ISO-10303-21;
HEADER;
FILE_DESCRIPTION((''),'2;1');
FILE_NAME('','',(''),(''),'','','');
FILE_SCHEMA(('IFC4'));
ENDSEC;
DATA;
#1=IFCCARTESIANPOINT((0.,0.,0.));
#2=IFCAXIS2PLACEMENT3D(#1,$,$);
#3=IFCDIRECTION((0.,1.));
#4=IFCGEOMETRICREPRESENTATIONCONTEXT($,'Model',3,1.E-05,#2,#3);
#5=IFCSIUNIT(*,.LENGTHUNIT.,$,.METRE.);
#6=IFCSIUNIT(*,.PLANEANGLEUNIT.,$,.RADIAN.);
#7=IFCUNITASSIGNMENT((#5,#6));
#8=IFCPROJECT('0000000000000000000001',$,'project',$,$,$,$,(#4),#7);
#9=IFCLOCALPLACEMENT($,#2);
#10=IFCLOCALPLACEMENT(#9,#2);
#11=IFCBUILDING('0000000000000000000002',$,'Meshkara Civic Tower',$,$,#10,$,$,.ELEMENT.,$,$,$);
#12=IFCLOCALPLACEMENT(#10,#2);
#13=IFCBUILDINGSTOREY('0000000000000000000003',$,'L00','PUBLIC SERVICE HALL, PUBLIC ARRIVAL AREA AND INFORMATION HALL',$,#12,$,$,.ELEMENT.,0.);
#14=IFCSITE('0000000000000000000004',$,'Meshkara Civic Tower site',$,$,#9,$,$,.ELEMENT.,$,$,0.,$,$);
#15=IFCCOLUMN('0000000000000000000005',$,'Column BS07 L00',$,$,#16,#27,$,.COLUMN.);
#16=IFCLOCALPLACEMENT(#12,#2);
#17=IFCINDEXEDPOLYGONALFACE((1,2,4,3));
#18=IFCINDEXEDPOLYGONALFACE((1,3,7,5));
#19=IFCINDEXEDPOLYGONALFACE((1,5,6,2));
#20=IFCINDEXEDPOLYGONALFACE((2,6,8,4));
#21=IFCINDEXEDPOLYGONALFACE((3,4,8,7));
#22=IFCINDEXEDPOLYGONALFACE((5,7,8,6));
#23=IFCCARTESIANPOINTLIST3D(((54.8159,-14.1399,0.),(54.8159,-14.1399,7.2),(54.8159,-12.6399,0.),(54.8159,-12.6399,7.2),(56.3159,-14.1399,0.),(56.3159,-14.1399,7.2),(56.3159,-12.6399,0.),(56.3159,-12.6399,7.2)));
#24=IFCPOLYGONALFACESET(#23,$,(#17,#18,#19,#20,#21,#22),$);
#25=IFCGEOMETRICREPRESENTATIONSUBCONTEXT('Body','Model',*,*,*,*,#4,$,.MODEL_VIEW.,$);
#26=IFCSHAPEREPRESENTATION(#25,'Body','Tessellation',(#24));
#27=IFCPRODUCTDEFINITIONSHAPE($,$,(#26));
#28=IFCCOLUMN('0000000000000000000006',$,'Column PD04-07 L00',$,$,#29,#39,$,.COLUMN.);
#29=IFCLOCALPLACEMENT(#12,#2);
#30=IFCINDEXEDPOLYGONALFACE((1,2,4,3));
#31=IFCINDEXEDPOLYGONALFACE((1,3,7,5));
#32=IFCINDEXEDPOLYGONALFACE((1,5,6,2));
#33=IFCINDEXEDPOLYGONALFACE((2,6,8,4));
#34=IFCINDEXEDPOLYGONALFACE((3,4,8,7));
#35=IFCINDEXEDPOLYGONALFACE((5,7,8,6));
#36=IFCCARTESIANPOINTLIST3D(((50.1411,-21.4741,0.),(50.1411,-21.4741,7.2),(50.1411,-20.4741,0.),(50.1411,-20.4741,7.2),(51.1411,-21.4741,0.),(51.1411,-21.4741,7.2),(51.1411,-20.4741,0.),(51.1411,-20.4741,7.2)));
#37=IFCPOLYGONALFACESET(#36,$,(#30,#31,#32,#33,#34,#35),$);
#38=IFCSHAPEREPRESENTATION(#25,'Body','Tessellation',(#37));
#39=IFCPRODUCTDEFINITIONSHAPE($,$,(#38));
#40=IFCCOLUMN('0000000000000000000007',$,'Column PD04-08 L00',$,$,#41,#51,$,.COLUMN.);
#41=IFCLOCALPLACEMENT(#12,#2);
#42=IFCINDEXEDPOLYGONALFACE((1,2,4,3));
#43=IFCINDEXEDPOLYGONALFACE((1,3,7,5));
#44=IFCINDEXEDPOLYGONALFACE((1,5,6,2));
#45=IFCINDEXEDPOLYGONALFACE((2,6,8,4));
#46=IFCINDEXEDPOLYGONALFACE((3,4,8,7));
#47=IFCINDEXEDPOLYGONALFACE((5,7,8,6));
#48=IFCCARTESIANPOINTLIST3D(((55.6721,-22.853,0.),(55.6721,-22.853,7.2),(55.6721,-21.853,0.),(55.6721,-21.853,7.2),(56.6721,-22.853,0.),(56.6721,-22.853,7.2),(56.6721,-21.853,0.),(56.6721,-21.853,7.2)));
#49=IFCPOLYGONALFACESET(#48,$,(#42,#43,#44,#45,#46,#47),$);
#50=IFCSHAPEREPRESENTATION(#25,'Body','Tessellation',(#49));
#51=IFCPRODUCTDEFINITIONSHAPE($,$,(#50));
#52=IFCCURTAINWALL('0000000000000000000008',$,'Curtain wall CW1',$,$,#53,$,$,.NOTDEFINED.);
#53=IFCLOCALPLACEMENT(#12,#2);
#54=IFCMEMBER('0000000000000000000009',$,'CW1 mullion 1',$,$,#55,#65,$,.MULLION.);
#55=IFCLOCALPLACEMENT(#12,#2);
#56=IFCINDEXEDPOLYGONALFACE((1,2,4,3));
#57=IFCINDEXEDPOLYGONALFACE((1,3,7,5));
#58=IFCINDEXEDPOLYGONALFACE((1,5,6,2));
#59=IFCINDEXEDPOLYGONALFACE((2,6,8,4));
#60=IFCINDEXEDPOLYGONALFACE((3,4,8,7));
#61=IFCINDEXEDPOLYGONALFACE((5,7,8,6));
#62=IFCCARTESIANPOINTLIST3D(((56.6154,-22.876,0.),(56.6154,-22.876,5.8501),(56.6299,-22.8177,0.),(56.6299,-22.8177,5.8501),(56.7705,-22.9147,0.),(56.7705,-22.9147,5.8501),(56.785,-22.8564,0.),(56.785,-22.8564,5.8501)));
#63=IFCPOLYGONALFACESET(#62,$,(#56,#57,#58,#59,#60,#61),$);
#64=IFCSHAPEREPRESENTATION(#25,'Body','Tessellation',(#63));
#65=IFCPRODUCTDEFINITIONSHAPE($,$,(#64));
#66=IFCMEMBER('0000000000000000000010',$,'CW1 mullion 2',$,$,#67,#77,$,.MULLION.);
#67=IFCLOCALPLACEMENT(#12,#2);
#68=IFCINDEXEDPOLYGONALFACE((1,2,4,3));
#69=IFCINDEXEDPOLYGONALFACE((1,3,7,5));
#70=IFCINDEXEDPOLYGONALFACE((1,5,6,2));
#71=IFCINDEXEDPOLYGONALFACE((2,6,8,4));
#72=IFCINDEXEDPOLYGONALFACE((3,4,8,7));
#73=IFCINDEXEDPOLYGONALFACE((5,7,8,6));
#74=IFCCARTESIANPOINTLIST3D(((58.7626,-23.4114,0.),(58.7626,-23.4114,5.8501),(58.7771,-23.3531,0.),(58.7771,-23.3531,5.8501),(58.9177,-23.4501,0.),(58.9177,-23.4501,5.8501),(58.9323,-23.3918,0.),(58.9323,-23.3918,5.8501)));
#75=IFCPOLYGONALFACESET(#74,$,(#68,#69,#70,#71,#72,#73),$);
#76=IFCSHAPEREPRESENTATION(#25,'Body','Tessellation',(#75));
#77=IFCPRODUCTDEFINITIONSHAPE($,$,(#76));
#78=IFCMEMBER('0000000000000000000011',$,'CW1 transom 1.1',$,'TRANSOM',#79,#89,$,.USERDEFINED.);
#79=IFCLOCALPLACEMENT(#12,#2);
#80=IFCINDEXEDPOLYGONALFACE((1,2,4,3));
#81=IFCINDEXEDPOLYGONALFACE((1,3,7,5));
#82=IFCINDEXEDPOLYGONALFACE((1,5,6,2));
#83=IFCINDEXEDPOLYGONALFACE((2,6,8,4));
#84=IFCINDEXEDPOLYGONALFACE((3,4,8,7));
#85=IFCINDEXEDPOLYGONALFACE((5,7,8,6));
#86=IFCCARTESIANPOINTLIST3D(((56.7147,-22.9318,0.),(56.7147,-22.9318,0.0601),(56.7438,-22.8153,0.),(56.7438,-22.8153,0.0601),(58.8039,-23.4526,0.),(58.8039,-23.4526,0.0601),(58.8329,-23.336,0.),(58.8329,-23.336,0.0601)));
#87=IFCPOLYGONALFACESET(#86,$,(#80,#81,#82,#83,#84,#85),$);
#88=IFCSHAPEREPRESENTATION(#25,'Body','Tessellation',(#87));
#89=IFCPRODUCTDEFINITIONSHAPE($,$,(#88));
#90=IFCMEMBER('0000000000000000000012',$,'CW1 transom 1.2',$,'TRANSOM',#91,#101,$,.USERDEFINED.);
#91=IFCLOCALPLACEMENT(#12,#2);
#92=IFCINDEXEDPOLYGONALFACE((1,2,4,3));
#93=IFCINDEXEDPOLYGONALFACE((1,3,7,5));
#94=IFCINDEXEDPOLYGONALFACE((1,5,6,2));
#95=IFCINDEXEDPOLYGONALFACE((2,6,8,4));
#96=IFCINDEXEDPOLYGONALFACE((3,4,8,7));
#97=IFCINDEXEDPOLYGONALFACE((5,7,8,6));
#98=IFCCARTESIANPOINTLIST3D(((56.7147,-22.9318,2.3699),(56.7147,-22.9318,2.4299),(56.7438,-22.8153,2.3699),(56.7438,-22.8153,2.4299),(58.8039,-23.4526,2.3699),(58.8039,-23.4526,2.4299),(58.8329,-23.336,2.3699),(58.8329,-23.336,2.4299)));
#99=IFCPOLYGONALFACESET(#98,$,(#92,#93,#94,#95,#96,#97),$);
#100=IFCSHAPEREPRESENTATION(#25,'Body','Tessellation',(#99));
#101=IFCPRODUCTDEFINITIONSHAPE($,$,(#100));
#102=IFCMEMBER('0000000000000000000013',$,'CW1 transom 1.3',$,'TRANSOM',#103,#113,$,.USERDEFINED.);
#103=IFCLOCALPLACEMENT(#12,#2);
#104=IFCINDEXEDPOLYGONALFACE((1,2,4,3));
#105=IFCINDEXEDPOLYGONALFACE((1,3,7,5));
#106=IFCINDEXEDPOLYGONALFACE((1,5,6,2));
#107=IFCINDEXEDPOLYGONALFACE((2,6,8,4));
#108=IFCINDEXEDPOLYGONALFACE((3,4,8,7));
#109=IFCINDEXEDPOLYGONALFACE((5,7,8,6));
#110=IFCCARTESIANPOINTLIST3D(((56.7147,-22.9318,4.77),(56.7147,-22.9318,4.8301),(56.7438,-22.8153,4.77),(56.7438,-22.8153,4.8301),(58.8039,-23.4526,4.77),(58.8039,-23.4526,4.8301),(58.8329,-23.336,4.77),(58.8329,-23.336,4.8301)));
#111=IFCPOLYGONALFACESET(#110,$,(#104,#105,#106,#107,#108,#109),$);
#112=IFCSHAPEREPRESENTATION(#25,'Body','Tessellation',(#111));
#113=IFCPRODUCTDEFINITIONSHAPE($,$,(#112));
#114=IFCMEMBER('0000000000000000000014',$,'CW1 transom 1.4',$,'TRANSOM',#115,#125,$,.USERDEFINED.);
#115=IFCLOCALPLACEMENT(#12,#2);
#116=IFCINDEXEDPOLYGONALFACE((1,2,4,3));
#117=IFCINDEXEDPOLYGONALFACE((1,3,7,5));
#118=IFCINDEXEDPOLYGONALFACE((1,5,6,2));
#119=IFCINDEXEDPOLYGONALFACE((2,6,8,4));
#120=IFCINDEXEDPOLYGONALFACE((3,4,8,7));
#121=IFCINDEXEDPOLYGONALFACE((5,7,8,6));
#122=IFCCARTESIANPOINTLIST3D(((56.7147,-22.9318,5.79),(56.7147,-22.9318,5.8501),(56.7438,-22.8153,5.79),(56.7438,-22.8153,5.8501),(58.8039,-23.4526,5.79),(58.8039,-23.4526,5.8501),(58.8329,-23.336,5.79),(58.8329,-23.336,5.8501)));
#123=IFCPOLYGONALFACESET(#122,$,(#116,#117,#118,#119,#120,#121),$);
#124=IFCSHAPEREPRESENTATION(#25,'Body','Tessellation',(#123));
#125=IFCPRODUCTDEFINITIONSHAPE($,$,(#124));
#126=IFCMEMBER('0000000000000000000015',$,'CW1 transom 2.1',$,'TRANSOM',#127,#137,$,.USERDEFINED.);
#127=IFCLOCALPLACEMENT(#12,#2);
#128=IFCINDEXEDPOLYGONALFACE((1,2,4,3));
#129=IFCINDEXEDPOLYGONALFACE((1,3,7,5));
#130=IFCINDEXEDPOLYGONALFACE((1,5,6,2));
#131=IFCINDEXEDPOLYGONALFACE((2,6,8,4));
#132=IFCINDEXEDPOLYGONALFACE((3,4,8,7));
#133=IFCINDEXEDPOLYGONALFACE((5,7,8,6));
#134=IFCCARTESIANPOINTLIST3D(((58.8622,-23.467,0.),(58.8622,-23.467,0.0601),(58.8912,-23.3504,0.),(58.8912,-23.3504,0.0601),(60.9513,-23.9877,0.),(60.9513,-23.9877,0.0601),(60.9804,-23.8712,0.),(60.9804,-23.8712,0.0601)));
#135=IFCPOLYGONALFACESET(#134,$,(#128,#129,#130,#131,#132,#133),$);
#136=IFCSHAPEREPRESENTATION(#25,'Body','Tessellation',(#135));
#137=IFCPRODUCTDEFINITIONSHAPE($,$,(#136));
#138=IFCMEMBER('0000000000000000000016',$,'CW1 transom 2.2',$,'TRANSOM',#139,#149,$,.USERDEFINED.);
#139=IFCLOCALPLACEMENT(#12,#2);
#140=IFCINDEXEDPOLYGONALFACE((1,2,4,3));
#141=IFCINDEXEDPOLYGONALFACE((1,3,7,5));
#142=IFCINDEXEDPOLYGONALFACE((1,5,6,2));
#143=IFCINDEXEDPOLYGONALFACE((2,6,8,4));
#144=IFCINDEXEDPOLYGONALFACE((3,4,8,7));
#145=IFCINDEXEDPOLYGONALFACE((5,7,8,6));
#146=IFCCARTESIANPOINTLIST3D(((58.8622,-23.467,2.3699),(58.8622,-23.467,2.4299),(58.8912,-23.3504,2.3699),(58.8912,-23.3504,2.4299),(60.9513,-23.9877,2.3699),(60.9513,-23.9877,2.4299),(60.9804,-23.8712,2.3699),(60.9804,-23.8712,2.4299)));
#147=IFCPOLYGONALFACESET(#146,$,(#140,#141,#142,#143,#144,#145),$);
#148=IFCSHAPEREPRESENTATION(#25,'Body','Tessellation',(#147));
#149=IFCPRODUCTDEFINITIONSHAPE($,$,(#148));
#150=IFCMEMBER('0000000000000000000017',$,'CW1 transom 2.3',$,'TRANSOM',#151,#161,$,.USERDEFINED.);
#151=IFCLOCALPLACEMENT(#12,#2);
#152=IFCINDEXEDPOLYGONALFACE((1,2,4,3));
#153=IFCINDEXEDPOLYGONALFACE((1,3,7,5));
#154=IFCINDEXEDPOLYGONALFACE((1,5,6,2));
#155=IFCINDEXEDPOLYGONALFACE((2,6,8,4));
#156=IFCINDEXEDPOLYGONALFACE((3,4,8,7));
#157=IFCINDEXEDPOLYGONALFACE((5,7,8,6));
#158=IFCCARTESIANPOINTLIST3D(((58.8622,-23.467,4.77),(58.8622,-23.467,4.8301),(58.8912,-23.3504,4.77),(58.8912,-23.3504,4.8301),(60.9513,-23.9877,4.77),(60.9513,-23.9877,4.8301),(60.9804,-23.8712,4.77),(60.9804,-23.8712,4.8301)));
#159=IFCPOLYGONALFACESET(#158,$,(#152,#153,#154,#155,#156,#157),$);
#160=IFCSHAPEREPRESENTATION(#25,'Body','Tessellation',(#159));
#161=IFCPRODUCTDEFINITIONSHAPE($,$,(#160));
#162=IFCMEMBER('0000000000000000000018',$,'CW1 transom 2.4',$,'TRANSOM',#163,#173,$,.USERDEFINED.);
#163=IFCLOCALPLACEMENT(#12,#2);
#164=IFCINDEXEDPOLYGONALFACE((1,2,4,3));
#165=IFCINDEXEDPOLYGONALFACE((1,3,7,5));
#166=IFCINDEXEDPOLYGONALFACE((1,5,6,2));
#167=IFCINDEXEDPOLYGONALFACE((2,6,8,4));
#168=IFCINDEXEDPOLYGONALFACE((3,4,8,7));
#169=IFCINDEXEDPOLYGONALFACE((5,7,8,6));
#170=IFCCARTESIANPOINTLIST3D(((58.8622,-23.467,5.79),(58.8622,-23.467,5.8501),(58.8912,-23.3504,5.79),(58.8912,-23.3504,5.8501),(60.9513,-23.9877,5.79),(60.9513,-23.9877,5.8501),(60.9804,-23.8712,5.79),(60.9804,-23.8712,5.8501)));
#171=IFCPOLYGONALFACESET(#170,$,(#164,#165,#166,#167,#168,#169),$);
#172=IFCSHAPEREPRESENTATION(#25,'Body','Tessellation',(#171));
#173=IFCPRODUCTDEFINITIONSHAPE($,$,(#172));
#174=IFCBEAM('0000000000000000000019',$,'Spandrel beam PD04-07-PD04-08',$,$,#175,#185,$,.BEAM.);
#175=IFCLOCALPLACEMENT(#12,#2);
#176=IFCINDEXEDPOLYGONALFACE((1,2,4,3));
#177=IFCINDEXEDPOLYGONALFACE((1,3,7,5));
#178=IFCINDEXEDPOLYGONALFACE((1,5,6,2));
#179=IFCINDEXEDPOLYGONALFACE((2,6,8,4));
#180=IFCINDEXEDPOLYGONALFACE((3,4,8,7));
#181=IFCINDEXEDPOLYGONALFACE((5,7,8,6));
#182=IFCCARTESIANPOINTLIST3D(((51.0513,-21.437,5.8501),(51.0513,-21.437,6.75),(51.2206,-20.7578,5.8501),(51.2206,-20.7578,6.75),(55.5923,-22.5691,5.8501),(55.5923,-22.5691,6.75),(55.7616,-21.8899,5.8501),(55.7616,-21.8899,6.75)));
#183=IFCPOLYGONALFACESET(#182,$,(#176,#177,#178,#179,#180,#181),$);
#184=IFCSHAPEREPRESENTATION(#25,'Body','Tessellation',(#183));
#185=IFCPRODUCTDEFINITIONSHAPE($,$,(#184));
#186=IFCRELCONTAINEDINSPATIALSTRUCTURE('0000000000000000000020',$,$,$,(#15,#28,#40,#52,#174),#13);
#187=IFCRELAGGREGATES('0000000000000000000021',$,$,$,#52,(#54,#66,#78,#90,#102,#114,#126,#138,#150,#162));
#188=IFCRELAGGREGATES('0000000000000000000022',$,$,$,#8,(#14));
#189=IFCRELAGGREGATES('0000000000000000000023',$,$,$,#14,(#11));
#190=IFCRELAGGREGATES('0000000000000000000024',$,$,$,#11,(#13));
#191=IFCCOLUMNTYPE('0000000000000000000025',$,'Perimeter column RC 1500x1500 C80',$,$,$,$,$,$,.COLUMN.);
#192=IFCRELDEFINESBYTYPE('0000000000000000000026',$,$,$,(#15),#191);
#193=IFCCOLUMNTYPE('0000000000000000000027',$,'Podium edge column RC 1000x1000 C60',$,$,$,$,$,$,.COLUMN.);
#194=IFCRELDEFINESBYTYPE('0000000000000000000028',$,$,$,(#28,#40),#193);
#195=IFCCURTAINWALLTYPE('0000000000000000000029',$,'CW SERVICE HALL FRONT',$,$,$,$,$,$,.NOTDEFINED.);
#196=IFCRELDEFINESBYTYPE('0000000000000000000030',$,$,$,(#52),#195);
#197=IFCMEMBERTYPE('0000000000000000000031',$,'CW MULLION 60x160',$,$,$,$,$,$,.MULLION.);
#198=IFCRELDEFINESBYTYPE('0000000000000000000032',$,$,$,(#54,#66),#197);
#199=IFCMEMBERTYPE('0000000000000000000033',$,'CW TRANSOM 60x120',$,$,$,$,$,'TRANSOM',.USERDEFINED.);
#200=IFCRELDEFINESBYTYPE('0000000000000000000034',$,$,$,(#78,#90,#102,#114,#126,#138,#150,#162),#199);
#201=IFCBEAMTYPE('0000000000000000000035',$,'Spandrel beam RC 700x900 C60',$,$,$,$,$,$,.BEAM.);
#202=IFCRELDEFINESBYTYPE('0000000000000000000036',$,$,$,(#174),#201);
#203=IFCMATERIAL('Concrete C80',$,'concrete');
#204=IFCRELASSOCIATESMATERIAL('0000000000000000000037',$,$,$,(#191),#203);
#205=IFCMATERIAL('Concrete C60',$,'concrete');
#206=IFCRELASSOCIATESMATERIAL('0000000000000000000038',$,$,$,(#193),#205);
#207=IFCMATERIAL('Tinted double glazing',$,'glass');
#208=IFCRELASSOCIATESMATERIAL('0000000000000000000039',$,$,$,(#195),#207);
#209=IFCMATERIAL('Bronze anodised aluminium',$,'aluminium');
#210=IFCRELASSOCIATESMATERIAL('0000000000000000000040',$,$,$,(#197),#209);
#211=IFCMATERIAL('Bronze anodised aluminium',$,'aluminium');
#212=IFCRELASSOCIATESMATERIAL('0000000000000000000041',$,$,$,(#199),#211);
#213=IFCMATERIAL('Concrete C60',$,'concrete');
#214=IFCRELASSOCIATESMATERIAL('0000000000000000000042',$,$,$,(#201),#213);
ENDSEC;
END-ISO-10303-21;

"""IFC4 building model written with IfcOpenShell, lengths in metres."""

from ifc_helpers import new_model, si_unit, direction, frame, origin, origin_2d, place, context, subcontext, project, spatial, rectangle, extrude, material, material_profile, profile_set, type_object, element, aggregate, save


model = new_model("IFC4")

# Units and contexts
model_context = context("Model", 3, precision=1e-05, world=origin(), true_north=direction((0.0, 1.0)))
body_context = subcontext(model_context, "Body", "Model", "MODEL_VIEW")
ifc_project = project(units=[si_unit("LENGTHUNIT", "METRE"), si_unit("PLANEANGLEUNIT", "RADIAN")], contexts=[model_context])

# Site, building, storey
site_placement = place(None, origin())
site = spatial("IfcSite", under=ifc_project, at=site_placement, Name="Meshkara Civic Tower site", CompositionType="ELEMENT", RefElevation=0.0)
building_placement = place(site_placement, origin())
building = spatial("IfcBuilding", under=site, at=building_placement, Name="Meshkara Civic Tower", CompositionType="ELEMENT")
storey_placement = place(building_placement, origin())
storey = spatial("IfcBuildingStorey", under=building, at=storey_placement, Name="L00", Description="PUBLIC SERVICE HALL, PUBLIC ARRIVAL AREA AND INFORMATION HALL", CompositionType="ELEMENT", Elevation=0.0)

# Columns
ifc_material_1 = material(Name="Concrete C80", Category="concrete")
ifc_material_profile_1 = material_profile(ifc_material_1, rectangle(XDim=1.5, YDim=1.5, at=origin_2d()))
ifc_profile_set_1 = profile_set([ifc_material_profile_1], Name="Concrete C80")
column_type_1 = type_object("IfcColumnType", Name="Perimeter column RC 1500x1500 C80", PredefinedType="COLUMN", material=ifc_profile_set_1)
column_placement = place(storey_placement, frame((55.5659, -13.3899, 0.0), z_axis=(0.0, 0.0, 1.0), x_axis=(1.0, 0.0, 0.0)))
element("IfcColumn", 1, at=column_placement, inside=storey, type_object=column_type_1, Name="Column BS07 L00", PredefinedType="COLUMN", context=body_context, shape_type="SweptSolid", body=[
    extrude(rectangle(XDim=1.5, YDim=1.5, at=origin_2d()), origin(), (0.0, 0.0, 1.0), 7.2),
])
ifc_material_2 = material(Name="Concrete C60", Category="concrete")
ifc_material_profile_2 = material_profile(ifc_material_2, rectangle(XDim=1.0, YDim=1.0, at=origin_2d()))
ifc_profile_set_2 = profile_set([ifc_material_profile_2], Name="Concrete C60")
column_type_2 = type_object("IfcColumnType", Name="Podium edge column RC 1000x1000 C60", PredefinedType="COLUMN", material=ifc_profile_set_2)
for number, where, z_axis, x_axis, name in (
    (2, (50.6411, -20.9741, 0.0), (0.0, 0.0, 1.0), (1.0, 0.0, 0.0), "Column PD04-07 L00"),
    (3, (56.1721, -22.353, 0.0), (0.0, 0.0, 1.0), (1.0, 0.0, 0.0), "Column PD04-08 L00"),
):
    element("IfcColumn", number, at=place(storey_placement, frame(where, z_axis=z_axis, x_axis=x_axis)), inside=storey, type_object=column_type_2, Name=name, PredefinedType="COLUMN", context=body_context, shape_type="SweptSolid", body=[
        extrude(rectangle(XDim=1.0, YDim=1.0, at=origin_2d()), origin(), (0.0, 0.0, 1.0), 7.2),
    ])

# Curtain wall, members
ifc_material_3 = material(Name="Tinted double glazing", Category="glass")
curtain_wall_type = type_object("IfcCurtainWallType", Name="CW SERVICE HALL FRONT", PredefinedType="NOTDEFINED", material=ifc_material_3)
curtain_wall_placement = place(storey_placement, origin())
curtain_wall = element("IfcCurtainWall", 4, at=curtain_wall_placement, inside=storey, type_object=curtain_wall_type, Name="Curtain wall CW1", PredefinedType="NOTDEFINED")
ifc_material_4 = material(Name="Bronze anodised aluminium", Category="aluminium")
ifc_material_profile_3 = material_profile(ifc_material_4, rectangle(XDim=0.0601, YDim=0.1599, at=origin_2d()))
ifc_profile_set_3 = profile_set([ifc_material_profile_3], Name="Bronze anodised aluminium")
member_type_1 = type_object("IfcMemberType", Name="CW MULLION 60x160", PredefinedType="MULLION", material=ifc_profile_set_3)
member_1_placement = place(storey_placement, frame((56.7002, -22.8662, 0.0), z_axis=(0.0, 0.0, 1.0), x_axis=(0.241854, 0.970313, 0.0)))
member_1 = element("IfcMember", 5, at=member_1_placement, type_object=member_type_1, Name="CW1 mullion 1", PredefinedType="MULLION", context=body_context, shape_type="SweptSolid", body=[
    extrude(rectangle(XDim=0.0601, YDim=0.1599, at=origin_2d()), origin(), (0.0, 0.0, 1.0), 5.8501),
])
member_2_placement = place(storey_placement, frame((58.8474, -23.4016, 0.0), z_axis=(0.0, 0.0, 1.0), x_axis=(0.241854, 0.970313, 0.0)))
member_2 = element("IfcMember", 6, at=member_2_placement, type_object=member_type_1, Name="CW1 mullion 2", PredefinedType="MULLION", context=body_context, shape_type="SweptSolid", body=[
    extrude(rectangle(XDim=0.0601, YDim=0.1599, at=origin_2d()), origin(), (0.0, 0.0, 1.0), 5.8501),
])
ifc_material_5 = material(Name="Bronze anodised aluminium", Category="aluminium")
ifc_material_profile_4 = material_profile(ifc_material_5, rectangle(XDim=0.1201, YDim=0.0601, at=origin_2d()))
ifc_profile_set_4 = profile_set([ifc_material_profile_4], Name="Bronze anodised aluminium")
member_type_2 = type_object("IfcMemberType", Name="CW TRANSOM 60x120", ElementType="TRANSOM", PredefinedType="USERDEFINED", material=ifc_profile_set_4)
member_3_placement = place(storey_placement, frame((56.7292, -22.8735, 0.03), z_axis=(0.970309, -0.241869, 0.0), x_axis=(0.241869, 0.970309, 0.0)))
member_3 = element("IfcMember", 7, at=member_3_placement, type_object=member_type_2, Name="CW1 transom 1.1", ObjectType="TRANSOM", PredefinedType="USERDEFINED", context=body_context, shape_type="SweptSolid", body=[
    extrude(rectangle(XDim=0.1201, YDim=0.0601, at=origin_2d()), origin(), (0.0, 0.0, 1.0), 2.1531),
])
member_4_placement = place(storey_placement, frame((56.7292, -22.8735, 2.3999), z_axis=(0.970309, -0.241869, 0.0), x_axis=(0.241869, 0.970309, 0.0)))
member_4 = element("IfcMember", 8, at=member_4_placement, type_object=member_type_2, Name="CW1 transom 1.2", ObjectType="TRANSOM", PredefinedType="USERDEFINED", context=body_context, shape_type="SweptSolid", body=[
    extrude(rectangle(XDim=0.1201, YDim=0.0601, at=origin_2d()), origin(), (0.0, 0.0, 1.0), 2.1531),
])
member_5_placement = place(storey_placement, frame((56.7292, -22.8735, 4.8), z_axis=(0.970309, -0.241869, 0.0), x_axis=(0.241869, 0.970309, 0.0)))
member_5 = element("IfcMember", 9, at=member_5_placement, type_object=member_type_2, Name="CW1 transom 1.3", ObjectType="TRANSOM", PredefinedType="USERDEFINED", context=body_context, shape_type="SweptSolid", body=[
    extrude(rectangle(XDim=0.1201, YDim=0.0601, at=origin_2d()), origin(), (0.0, 0.0, 1.0), 2.1531),
])
member_6_placement = place(storey_placement, frame((56.7292, -22.8735, 5.8201), z_axis=(0.970309, -0.241869, 0.0), x_axis=(0.241869, 0.970309, 0.0)))
member_6 = element("IfcMember", 10, at=member_6_placement, type_object=member_type_2, Name="CW1 transom 1.4", ObjectType="TRANSOM", PredefinedType="USERDEFINED", context=body_context, shape_type="SweptSolid", body=[
    extrude(rectangle(XDim=0.1201, YDim=0.0601, at=origin_2d()), origin(), (0.0, 0.0, 1.0), 2.1531),
])
member_7_placement = place(storey_placement, frame((58.8767, -23.4087, 0.03), z_axis=(0.970309, -0.241869, 0.0), x_axis=(0.241869, 0.970309, 0.0)))
member_7 = element("IfcMember", 11, at=member_7_placement, type_object=member_type_2, Name="CW1 transom 2.1", ObjectType="TRANSOM", PredefinedType="USERDEFINED", context=body_context, shape_type="SweptSolid", body=[
    extrude(rectangle(XDim=0.1201, YDim=0.0601, at=origin_2d()), origin(), (0.0, 0.0, 1.0), 2.1531),
])
member_8_placement = place(storey_placement, frame((58.8767, -23.4087, 2.3999), z_axis=(0.970309, -0.241869, 0.0), x_axis=(0.241869, 0.970309, 0.0)))
member_8 = element("IfcMember", 12, at=member_8_placement, type_object=member_type_2, Name="CW1 transom 2.2", ObjectType="TRANSOM", PredefinedType="USERDEFINED", context=body_context, shape_type="SweptSolid", body=[
    extrude(rectangle(XDim=0.1201, YDim=0.0601, at=origin_2d()), origin(), (0.0, 0.0, 1.0), 2.1531),
])
member_9_placement = place(storey_placement, frame((58.8767, -23.4087, 4.8), z_axis=(0.970309, -0.241869, 0.0), x_axis=(0.241869, 0.970309, 0.0)))
member_9 = element("IfcMember", 13, at=member_9_placement, type_object=member_type_2, Name="CW1 transom 2.3", ObjectType="TRANSOM", PredefinedType="USERDEFINED", context=body_context, shape_type="SweptSolid", body=[
    extrude(rectangle(XDim=0.1201, YDim=0.0601, at=origin_2d()), origin(), (0.0, 0.0, 1.0), 2.1531),
])
member_10_placement = place(storey_placement, frame((58.8767, -23.4087, 5.8201), z_axis=(0.970309, -0.241869, 0.0), x_axis=(0.241869, 0.970309, 0.0)))
member_10 = element("IfcMember", 14, at=member_10_placement, type_object=member_type_2, Name="CW1 transom 2.4", ObjectType="TRANSOM", PredefinedType="USERDEFINED", context=body_context, shape_type="SweptSolid", body=[
    extrude(rectangle(XDim=0.1201, YDim=0.0601, at=origin_2d()), origin(), (0.0, 0.0, 1.0), 2.1531),
])

# Beam
ifc_material_6 = material(Name="Concrete C60", Category="concrete")
ifc_material_profile_5 = material_profile(ifc_material_6, rectangle(XDim=0.7, YDim=0.8999, at=origin_2d()))
ifc_profile_set_5 = profile_set([ifc_material_profile_5], Name="Concrete C60")
beam_type = type_object("IfcBeamType", Name="Spandrel beam RC 700x900 C60", PredefinedType="BEAM", material=ifc_profile_set_5)
beam_1_placement = place(storey_placement, frame((51.136, -21.0974, 6.3), z_axis=(0.970302, -0.241897, 0.0), x_axis=(0.241897, 0.970302, 0.0)))
element("IfcBeam", 15, at=beam_1_placement, inside=storey, type_object=beam_type, Name="Spandrel beam PD04-07-PD04-08", PredefinedType="BEAM", context=body_context, shape_type="SweptSolid", body=[
    extrude(rectangle(XDim=0.7, YDim=0.8999, at=origin_2d()), origin(), (0.0, 0.0, 1.0), 4.6799),
])

aggregate(curtain_wall, [member_1, member_2, member_3, member_4, member_5, member_6, member_7, member_8, member_9, member_10])

save(model, "model.ifc")
